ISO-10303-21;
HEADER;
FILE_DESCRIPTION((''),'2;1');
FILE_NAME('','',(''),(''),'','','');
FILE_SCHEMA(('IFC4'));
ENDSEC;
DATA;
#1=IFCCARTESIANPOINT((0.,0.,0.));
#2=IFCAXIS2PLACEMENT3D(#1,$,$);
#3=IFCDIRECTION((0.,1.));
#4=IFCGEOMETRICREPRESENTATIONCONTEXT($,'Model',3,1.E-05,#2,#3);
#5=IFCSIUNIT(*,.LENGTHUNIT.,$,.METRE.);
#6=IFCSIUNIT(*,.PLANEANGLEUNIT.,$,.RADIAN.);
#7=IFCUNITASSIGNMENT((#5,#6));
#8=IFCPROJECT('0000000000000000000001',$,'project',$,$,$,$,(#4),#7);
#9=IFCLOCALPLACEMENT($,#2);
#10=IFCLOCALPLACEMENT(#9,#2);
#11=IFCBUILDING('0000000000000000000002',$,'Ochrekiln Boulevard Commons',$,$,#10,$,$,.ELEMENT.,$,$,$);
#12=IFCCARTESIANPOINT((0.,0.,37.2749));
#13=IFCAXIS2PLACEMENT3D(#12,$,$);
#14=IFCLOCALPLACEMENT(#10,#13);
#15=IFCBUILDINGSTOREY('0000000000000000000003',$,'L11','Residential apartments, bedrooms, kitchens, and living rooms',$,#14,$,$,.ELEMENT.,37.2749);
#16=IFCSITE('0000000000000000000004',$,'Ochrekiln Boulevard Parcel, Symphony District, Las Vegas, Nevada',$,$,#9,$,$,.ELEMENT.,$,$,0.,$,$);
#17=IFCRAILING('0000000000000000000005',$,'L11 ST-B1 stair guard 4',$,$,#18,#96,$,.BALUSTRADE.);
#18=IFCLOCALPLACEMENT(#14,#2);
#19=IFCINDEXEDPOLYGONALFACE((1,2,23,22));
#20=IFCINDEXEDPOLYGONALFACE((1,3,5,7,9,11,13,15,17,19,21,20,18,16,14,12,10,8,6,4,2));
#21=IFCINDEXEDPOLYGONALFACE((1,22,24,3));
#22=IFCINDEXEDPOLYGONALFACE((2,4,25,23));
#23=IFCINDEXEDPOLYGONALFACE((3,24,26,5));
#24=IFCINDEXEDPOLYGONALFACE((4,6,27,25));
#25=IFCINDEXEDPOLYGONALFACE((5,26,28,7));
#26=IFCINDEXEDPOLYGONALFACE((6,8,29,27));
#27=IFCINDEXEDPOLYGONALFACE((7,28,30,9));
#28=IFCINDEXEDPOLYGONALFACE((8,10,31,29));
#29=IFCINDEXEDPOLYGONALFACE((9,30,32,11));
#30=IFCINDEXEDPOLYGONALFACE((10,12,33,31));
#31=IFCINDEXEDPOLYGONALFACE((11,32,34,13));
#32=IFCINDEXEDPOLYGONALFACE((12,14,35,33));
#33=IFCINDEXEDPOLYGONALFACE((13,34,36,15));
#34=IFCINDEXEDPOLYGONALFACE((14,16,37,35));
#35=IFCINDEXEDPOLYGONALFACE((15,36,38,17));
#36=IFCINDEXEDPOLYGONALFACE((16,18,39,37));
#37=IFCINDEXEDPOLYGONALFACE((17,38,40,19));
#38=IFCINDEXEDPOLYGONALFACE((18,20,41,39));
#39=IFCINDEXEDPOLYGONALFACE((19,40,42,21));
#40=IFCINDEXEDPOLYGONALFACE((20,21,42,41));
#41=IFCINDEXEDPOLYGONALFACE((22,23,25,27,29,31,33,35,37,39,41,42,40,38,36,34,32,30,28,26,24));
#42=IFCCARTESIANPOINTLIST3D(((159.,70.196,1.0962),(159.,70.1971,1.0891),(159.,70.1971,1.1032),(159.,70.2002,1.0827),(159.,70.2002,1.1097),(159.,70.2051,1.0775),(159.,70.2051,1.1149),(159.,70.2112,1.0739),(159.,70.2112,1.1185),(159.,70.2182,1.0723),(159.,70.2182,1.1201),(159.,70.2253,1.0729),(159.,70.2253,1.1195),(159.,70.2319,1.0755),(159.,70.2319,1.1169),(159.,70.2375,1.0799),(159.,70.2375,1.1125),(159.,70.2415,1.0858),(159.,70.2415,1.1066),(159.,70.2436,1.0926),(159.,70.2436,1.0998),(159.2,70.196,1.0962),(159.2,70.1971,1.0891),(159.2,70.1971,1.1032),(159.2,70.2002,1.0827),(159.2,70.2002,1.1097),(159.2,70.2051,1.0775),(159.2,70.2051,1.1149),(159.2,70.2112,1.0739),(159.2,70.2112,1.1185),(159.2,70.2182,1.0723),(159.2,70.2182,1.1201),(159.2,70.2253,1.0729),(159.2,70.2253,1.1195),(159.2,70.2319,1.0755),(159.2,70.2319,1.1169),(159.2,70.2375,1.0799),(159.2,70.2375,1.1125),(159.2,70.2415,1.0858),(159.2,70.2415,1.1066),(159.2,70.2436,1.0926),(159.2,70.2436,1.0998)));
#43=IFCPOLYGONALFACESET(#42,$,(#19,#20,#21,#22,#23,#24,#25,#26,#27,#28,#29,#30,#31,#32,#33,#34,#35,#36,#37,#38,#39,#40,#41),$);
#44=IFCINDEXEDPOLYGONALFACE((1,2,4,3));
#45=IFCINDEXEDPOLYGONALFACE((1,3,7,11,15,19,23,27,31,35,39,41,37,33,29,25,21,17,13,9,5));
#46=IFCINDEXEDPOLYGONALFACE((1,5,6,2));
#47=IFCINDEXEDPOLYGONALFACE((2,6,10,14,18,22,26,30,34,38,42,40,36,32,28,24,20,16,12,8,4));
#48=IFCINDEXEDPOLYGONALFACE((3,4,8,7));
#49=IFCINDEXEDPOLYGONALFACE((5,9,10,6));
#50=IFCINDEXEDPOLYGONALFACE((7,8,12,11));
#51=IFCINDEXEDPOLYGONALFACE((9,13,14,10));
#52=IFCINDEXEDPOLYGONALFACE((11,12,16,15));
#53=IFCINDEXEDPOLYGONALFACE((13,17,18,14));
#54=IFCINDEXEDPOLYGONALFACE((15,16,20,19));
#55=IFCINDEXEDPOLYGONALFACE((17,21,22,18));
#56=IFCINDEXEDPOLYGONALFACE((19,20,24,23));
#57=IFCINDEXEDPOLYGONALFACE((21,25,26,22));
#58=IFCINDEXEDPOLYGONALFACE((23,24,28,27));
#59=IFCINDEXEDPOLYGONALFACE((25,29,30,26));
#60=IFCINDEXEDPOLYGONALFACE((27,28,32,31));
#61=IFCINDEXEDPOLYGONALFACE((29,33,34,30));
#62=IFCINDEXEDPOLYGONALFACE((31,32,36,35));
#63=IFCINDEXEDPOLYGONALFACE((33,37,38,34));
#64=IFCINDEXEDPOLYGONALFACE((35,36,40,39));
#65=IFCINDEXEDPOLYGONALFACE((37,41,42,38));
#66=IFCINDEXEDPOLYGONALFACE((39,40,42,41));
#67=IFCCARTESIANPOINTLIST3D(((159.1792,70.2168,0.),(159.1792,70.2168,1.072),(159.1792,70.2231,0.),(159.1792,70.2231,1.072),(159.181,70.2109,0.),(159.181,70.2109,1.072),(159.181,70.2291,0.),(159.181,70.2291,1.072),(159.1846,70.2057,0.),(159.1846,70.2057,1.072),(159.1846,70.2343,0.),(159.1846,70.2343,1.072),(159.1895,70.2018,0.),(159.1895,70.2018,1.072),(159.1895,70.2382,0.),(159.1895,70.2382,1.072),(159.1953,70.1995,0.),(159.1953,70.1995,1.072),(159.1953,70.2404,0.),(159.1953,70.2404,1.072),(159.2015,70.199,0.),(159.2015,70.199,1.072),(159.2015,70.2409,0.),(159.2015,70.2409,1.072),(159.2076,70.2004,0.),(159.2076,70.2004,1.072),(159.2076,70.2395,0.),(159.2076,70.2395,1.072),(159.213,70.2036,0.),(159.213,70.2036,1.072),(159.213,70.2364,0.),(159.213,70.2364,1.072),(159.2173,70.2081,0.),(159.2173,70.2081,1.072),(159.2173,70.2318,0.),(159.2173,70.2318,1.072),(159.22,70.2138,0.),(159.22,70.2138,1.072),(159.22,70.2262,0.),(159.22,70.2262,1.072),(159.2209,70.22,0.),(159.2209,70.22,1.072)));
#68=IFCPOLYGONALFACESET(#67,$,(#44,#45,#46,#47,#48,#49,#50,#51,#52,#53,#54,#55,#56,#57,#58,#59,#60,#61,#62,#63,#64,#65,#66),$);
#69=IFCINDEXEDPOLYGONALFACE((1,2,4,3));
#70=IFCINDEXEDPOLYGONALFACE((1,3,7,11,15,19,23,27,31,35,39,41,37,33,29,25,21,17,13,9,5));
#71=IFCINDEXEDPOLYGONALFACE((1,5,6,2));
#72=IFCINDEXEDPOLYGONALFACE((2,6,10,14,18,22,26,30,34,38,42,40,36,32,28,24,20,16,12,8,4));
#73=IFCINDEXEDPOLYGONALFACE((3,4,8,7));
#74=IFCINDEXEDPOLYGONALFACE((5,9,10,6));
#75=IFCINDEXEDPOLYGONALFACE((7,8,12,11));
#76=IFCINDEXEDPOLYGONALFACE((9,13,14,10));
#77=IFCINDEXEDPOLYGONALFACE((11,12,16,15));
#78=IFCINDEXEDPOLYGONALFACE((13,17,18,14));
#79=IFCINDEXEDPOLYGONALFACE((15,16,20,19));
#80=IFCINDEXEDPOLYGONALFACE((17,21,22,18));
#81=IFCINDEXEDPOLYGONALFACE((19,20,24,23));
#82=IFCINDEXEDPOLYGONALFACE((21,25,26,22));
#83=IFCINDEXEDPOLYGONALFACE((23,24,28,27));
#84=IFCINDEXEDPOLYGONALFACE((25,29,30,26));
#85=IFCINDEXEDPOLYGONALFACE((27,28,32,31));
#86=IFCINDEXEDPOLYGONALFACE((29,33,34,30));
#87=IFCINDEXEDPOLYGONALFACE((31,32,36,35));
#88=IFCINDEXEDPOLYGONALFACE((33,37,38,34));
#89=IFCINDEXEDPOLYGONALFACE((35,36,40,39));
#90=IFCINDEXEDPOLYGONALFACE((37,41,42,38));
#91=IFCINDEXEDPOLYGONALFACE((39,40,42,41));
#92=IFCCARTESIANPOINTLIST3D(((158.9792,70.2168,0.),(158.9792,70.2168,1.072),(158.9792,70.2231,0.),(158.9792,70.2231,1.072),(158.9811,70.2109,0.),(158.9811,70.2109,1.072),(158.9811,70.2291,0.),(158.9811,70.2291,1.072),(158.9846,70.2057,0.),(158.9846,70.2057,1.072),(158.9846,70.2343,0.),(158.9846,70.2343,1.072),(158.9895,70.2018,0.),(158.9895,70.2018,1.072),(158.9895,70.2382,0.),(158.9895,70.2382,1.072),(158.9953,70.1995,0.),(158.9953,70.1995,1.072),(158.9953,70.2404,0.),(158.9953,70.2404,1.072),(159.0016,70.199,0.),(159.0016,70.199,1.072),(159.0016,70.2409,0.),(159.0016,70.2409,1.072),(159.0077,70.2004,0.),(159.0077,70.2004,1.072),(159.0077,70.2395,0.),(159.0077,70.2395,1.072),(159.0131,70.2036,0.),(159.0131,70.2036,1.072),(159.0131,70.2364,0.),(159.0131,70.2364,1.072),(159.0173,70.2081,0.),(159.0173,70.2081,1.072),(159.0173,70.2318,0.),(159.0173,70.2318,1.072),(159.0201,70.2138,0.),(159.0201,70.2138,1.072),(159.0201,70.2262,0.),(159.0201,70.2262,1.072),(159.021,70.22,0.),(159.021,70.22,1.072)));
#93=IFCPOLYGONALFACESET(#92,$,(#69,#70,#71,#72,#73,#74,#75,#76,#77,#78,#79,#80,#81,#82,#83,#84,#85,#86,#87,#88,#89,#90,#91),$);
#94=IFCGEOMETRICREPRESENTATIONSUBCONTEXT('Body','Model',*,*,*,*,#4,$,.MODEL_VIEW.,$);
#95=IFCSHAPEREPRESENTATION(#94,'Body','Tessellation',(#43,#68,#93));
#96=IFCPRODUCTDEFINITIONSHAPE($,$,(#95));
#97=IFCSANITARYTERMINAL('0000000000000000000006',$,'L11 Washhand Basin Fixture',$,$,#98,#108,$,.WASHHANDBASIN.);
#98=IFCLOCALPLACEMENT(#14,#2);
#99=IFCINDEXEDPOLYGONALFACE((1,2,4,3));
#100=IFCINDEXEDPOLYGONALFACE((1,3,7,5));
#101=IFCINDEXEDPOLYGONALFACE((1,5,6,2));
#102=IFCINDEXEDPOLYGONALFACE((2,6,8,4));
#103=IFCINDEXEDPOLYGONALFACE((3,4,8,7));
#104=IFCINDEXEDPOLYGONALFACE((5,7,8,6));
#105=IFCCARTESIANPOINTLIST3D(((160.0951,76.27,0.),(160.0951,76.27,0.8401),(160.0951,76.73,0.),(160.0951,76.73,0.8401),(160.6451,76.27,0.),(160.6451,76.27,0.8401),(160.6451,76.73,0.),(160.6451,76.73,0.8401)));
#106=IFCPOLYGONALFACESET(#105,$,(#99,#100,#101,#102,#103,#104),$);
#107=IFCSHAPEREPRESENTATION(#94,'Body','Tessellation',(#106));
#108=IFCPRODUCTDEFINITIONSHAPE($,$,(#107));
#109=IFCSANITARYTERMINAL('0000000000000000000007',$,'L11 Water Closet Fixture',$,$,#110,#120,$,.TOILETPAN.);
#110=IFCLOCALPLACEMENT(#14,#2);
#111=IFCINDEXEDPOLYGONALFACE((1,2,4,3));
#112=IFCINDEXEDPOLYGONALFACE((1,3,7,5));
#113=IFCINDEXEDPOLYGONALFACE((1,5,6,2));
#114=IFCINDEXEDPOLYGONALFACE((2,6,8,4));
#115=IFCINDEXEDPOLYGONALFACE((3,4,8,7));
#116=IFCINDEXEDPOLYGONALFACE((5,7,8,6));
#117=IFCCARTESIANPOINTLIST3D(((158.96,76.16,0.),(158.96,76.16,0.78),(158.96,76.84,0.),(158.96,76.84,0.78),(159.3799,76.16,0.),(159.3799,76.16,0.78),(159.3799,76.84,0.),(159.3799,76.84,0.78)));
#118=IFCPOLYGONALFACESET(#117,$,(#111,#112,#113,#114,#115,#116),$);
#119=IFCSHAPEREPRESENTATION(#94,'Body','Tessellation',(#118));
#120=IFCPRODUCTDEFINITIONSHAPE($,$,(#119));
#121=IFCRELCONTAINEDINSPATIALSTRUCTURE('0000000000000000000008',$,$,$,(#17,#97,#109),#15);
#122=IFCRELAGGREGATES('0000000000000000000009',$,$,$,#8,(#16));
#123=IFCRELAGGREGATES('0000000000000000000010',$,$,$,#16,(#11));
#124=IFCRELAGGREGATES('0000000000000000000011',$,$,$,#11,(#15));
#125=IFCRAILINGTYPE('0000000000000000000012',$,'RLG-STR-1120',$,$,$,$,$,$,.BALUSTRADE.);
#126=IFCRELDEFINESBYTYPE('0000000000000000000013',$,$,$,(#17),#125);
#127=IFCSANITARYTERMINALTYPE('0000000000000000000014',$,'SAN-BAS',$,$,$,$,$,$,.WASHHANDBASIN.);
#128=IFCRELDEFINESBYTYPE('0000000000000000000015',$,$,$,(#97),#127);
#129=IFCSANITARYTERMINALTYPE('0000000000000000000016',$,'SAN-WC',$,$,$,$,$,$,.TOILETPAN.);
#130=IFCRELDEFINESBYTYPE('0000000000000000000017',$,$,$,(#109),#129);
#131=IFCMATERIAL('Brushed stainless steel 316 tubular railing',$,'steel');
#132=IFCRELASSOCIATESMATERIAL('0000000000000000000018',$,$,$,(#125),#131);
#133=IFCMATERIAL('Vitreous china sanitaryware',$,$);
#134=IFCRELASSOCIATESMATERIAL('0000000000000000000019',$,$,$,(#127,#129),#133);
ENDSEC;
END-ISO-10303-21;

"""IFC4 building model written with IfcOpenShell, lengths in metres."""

from ifc_helpers import new_model, si_unit, direction, frame, origin, origin_2d, place, context, subcontext, project, spatial, rectangle, circle, extrude, material, type_object, element, save


model = new_model("IFC4")

# Units and contexts
model_context = context("Model", 3, precision=1e-05, world=origin(), true_north=direction((0.0, 1.0)))
body_context = subcontext(model_context, "Body", "Model", "MODEL_VIEW")
ifc_project = project(units=[si_unit("LENGTHUNIT", "METRE"), si_unit("PLANEANGLEUNIT", "RADIAN")], contexts=[model_context])

# Site, building, storey
site_placement = place(None, origin())
site = spatial("IfcSite", under=ifc_project, at=site_placement, Name="Ochrekiln Boulevard Parcel, Symphony District, Las Vegas, Nevada", CompositionType="ELEMENT", RefElevation=0.0)
building_placement = place(site_placement, origin())
building = spatial("IfcBuilding", under=site, at=building_placement, Name="Ochrekiln Boulevard Commons", CompositionType="ELEMENT")
storey_placement = place(building_placement, frame((0.0, 0.0, 37.2749)))
storey = spatial("IfcBuildingStorey", under=building, at=storey_placement, Name="L11", Description="Residential apartments, bedrooms, kitchens, and living rooms", CompositionType="ELEMENT", Elevation=37.2749)

# Railing
ifc_material_1 = material(Name="Brushed stainless steel 316 tubular railing", Category="steel")
railing_type_1 = type_object("IfcRailingType", Name="RLG-STR-1120", PredefinedType="BALUSTRADE", material=ifc_material_1)
railing_1_placement = place(storey_placement, frame((159.2, 70.22, 0.0)))
element("IfcRailing", 1, at=railing_1_placement, inside=storey, type_object=railing_type_1, Name="L11 ST-B1 stair guard 4", PredefinedType="BALUSTRADE", context=body_context, shape_type="SweptSolid", body=[
    extrude(circle(Radius=0.0239, at=origin_2d()), frame((0.0, 0.0, 1.0962), z_axis=(-1.0, 0.0, 0.0), x_axis=(0.0, -1.0, 0.0)), (0.0, 0.0, 1.0), 0.2),
    extrude(circle(Radius=0.021, at=origin_2d()), origin(), (0.0, 0.0, 1.0), 1.072),
    extrude(circle(Radius=0.021, at=origin_2d()), frame((-0.2, 0.0, 0.0)), (0.0, 0.0, 1.0), 1.072),
])

# Sanitary terminals
ifc_material_2 = material(Name="Vitreous china sanitaryware")
sanitary_terminal_type_1 = type_object("IfcSanitaryTerminalType", Name="SAN-BAS", PredefinedType="WASHHANDBASIN", material=ifc_material_2)
sanitary_terminal_1_placement = place(storey_placement, frame((160.3701, 76.5, 0.0), z_axis=(0.0, 0.0, 1.0), x_axis=(1.0, 0.0, 0.0)))
element("IfcSanitaryTerminal", 2, at=sanitary_terminal_1_placement, inside=storey, type_object=sanitary_terminal_type_1, Name="L11 Washhand Basin Fixture", PredefinedType="WASHHANDBASIN", context=body_context, shape_type="SweptSolid", body=[
    extrude(rectangle(XDim=0.55, YDim=0.46, at=origin_2d()), origin(), (0.0, 0.0, 1.0), 0.8401),
])
sanitary_terminal_type_2 = type_object("IfcSanitaryTerminalType", Name="SAN-WC", PredefinedType="TOILETPAN", material=ifc_material_2)
sanitary_terminal_2_placement = place(storey_placement, frame((159.1699, 76.5, 0.0), z_axis=(0.0, 0.0, 1.0), x_axis=(1.0, 0.0, 0.0)))
element("IfcSanitaryTerminal", 3, at=sanitary_terminal_2_placement, inside=storey, type_object=sanitary_terminal_type_2, Name="L11 Water Closet Fixture", PredefinedType="TOILETPAN", context=body_context, shape_type="SweptSolid", body=[
    extrude(rectangle(XDim=0.4199, YDim=0.6799, at=origin_2d()), origin(), (0.0, 0.0, 1.0), 0.78),
])

save(model, "model.ifc")
